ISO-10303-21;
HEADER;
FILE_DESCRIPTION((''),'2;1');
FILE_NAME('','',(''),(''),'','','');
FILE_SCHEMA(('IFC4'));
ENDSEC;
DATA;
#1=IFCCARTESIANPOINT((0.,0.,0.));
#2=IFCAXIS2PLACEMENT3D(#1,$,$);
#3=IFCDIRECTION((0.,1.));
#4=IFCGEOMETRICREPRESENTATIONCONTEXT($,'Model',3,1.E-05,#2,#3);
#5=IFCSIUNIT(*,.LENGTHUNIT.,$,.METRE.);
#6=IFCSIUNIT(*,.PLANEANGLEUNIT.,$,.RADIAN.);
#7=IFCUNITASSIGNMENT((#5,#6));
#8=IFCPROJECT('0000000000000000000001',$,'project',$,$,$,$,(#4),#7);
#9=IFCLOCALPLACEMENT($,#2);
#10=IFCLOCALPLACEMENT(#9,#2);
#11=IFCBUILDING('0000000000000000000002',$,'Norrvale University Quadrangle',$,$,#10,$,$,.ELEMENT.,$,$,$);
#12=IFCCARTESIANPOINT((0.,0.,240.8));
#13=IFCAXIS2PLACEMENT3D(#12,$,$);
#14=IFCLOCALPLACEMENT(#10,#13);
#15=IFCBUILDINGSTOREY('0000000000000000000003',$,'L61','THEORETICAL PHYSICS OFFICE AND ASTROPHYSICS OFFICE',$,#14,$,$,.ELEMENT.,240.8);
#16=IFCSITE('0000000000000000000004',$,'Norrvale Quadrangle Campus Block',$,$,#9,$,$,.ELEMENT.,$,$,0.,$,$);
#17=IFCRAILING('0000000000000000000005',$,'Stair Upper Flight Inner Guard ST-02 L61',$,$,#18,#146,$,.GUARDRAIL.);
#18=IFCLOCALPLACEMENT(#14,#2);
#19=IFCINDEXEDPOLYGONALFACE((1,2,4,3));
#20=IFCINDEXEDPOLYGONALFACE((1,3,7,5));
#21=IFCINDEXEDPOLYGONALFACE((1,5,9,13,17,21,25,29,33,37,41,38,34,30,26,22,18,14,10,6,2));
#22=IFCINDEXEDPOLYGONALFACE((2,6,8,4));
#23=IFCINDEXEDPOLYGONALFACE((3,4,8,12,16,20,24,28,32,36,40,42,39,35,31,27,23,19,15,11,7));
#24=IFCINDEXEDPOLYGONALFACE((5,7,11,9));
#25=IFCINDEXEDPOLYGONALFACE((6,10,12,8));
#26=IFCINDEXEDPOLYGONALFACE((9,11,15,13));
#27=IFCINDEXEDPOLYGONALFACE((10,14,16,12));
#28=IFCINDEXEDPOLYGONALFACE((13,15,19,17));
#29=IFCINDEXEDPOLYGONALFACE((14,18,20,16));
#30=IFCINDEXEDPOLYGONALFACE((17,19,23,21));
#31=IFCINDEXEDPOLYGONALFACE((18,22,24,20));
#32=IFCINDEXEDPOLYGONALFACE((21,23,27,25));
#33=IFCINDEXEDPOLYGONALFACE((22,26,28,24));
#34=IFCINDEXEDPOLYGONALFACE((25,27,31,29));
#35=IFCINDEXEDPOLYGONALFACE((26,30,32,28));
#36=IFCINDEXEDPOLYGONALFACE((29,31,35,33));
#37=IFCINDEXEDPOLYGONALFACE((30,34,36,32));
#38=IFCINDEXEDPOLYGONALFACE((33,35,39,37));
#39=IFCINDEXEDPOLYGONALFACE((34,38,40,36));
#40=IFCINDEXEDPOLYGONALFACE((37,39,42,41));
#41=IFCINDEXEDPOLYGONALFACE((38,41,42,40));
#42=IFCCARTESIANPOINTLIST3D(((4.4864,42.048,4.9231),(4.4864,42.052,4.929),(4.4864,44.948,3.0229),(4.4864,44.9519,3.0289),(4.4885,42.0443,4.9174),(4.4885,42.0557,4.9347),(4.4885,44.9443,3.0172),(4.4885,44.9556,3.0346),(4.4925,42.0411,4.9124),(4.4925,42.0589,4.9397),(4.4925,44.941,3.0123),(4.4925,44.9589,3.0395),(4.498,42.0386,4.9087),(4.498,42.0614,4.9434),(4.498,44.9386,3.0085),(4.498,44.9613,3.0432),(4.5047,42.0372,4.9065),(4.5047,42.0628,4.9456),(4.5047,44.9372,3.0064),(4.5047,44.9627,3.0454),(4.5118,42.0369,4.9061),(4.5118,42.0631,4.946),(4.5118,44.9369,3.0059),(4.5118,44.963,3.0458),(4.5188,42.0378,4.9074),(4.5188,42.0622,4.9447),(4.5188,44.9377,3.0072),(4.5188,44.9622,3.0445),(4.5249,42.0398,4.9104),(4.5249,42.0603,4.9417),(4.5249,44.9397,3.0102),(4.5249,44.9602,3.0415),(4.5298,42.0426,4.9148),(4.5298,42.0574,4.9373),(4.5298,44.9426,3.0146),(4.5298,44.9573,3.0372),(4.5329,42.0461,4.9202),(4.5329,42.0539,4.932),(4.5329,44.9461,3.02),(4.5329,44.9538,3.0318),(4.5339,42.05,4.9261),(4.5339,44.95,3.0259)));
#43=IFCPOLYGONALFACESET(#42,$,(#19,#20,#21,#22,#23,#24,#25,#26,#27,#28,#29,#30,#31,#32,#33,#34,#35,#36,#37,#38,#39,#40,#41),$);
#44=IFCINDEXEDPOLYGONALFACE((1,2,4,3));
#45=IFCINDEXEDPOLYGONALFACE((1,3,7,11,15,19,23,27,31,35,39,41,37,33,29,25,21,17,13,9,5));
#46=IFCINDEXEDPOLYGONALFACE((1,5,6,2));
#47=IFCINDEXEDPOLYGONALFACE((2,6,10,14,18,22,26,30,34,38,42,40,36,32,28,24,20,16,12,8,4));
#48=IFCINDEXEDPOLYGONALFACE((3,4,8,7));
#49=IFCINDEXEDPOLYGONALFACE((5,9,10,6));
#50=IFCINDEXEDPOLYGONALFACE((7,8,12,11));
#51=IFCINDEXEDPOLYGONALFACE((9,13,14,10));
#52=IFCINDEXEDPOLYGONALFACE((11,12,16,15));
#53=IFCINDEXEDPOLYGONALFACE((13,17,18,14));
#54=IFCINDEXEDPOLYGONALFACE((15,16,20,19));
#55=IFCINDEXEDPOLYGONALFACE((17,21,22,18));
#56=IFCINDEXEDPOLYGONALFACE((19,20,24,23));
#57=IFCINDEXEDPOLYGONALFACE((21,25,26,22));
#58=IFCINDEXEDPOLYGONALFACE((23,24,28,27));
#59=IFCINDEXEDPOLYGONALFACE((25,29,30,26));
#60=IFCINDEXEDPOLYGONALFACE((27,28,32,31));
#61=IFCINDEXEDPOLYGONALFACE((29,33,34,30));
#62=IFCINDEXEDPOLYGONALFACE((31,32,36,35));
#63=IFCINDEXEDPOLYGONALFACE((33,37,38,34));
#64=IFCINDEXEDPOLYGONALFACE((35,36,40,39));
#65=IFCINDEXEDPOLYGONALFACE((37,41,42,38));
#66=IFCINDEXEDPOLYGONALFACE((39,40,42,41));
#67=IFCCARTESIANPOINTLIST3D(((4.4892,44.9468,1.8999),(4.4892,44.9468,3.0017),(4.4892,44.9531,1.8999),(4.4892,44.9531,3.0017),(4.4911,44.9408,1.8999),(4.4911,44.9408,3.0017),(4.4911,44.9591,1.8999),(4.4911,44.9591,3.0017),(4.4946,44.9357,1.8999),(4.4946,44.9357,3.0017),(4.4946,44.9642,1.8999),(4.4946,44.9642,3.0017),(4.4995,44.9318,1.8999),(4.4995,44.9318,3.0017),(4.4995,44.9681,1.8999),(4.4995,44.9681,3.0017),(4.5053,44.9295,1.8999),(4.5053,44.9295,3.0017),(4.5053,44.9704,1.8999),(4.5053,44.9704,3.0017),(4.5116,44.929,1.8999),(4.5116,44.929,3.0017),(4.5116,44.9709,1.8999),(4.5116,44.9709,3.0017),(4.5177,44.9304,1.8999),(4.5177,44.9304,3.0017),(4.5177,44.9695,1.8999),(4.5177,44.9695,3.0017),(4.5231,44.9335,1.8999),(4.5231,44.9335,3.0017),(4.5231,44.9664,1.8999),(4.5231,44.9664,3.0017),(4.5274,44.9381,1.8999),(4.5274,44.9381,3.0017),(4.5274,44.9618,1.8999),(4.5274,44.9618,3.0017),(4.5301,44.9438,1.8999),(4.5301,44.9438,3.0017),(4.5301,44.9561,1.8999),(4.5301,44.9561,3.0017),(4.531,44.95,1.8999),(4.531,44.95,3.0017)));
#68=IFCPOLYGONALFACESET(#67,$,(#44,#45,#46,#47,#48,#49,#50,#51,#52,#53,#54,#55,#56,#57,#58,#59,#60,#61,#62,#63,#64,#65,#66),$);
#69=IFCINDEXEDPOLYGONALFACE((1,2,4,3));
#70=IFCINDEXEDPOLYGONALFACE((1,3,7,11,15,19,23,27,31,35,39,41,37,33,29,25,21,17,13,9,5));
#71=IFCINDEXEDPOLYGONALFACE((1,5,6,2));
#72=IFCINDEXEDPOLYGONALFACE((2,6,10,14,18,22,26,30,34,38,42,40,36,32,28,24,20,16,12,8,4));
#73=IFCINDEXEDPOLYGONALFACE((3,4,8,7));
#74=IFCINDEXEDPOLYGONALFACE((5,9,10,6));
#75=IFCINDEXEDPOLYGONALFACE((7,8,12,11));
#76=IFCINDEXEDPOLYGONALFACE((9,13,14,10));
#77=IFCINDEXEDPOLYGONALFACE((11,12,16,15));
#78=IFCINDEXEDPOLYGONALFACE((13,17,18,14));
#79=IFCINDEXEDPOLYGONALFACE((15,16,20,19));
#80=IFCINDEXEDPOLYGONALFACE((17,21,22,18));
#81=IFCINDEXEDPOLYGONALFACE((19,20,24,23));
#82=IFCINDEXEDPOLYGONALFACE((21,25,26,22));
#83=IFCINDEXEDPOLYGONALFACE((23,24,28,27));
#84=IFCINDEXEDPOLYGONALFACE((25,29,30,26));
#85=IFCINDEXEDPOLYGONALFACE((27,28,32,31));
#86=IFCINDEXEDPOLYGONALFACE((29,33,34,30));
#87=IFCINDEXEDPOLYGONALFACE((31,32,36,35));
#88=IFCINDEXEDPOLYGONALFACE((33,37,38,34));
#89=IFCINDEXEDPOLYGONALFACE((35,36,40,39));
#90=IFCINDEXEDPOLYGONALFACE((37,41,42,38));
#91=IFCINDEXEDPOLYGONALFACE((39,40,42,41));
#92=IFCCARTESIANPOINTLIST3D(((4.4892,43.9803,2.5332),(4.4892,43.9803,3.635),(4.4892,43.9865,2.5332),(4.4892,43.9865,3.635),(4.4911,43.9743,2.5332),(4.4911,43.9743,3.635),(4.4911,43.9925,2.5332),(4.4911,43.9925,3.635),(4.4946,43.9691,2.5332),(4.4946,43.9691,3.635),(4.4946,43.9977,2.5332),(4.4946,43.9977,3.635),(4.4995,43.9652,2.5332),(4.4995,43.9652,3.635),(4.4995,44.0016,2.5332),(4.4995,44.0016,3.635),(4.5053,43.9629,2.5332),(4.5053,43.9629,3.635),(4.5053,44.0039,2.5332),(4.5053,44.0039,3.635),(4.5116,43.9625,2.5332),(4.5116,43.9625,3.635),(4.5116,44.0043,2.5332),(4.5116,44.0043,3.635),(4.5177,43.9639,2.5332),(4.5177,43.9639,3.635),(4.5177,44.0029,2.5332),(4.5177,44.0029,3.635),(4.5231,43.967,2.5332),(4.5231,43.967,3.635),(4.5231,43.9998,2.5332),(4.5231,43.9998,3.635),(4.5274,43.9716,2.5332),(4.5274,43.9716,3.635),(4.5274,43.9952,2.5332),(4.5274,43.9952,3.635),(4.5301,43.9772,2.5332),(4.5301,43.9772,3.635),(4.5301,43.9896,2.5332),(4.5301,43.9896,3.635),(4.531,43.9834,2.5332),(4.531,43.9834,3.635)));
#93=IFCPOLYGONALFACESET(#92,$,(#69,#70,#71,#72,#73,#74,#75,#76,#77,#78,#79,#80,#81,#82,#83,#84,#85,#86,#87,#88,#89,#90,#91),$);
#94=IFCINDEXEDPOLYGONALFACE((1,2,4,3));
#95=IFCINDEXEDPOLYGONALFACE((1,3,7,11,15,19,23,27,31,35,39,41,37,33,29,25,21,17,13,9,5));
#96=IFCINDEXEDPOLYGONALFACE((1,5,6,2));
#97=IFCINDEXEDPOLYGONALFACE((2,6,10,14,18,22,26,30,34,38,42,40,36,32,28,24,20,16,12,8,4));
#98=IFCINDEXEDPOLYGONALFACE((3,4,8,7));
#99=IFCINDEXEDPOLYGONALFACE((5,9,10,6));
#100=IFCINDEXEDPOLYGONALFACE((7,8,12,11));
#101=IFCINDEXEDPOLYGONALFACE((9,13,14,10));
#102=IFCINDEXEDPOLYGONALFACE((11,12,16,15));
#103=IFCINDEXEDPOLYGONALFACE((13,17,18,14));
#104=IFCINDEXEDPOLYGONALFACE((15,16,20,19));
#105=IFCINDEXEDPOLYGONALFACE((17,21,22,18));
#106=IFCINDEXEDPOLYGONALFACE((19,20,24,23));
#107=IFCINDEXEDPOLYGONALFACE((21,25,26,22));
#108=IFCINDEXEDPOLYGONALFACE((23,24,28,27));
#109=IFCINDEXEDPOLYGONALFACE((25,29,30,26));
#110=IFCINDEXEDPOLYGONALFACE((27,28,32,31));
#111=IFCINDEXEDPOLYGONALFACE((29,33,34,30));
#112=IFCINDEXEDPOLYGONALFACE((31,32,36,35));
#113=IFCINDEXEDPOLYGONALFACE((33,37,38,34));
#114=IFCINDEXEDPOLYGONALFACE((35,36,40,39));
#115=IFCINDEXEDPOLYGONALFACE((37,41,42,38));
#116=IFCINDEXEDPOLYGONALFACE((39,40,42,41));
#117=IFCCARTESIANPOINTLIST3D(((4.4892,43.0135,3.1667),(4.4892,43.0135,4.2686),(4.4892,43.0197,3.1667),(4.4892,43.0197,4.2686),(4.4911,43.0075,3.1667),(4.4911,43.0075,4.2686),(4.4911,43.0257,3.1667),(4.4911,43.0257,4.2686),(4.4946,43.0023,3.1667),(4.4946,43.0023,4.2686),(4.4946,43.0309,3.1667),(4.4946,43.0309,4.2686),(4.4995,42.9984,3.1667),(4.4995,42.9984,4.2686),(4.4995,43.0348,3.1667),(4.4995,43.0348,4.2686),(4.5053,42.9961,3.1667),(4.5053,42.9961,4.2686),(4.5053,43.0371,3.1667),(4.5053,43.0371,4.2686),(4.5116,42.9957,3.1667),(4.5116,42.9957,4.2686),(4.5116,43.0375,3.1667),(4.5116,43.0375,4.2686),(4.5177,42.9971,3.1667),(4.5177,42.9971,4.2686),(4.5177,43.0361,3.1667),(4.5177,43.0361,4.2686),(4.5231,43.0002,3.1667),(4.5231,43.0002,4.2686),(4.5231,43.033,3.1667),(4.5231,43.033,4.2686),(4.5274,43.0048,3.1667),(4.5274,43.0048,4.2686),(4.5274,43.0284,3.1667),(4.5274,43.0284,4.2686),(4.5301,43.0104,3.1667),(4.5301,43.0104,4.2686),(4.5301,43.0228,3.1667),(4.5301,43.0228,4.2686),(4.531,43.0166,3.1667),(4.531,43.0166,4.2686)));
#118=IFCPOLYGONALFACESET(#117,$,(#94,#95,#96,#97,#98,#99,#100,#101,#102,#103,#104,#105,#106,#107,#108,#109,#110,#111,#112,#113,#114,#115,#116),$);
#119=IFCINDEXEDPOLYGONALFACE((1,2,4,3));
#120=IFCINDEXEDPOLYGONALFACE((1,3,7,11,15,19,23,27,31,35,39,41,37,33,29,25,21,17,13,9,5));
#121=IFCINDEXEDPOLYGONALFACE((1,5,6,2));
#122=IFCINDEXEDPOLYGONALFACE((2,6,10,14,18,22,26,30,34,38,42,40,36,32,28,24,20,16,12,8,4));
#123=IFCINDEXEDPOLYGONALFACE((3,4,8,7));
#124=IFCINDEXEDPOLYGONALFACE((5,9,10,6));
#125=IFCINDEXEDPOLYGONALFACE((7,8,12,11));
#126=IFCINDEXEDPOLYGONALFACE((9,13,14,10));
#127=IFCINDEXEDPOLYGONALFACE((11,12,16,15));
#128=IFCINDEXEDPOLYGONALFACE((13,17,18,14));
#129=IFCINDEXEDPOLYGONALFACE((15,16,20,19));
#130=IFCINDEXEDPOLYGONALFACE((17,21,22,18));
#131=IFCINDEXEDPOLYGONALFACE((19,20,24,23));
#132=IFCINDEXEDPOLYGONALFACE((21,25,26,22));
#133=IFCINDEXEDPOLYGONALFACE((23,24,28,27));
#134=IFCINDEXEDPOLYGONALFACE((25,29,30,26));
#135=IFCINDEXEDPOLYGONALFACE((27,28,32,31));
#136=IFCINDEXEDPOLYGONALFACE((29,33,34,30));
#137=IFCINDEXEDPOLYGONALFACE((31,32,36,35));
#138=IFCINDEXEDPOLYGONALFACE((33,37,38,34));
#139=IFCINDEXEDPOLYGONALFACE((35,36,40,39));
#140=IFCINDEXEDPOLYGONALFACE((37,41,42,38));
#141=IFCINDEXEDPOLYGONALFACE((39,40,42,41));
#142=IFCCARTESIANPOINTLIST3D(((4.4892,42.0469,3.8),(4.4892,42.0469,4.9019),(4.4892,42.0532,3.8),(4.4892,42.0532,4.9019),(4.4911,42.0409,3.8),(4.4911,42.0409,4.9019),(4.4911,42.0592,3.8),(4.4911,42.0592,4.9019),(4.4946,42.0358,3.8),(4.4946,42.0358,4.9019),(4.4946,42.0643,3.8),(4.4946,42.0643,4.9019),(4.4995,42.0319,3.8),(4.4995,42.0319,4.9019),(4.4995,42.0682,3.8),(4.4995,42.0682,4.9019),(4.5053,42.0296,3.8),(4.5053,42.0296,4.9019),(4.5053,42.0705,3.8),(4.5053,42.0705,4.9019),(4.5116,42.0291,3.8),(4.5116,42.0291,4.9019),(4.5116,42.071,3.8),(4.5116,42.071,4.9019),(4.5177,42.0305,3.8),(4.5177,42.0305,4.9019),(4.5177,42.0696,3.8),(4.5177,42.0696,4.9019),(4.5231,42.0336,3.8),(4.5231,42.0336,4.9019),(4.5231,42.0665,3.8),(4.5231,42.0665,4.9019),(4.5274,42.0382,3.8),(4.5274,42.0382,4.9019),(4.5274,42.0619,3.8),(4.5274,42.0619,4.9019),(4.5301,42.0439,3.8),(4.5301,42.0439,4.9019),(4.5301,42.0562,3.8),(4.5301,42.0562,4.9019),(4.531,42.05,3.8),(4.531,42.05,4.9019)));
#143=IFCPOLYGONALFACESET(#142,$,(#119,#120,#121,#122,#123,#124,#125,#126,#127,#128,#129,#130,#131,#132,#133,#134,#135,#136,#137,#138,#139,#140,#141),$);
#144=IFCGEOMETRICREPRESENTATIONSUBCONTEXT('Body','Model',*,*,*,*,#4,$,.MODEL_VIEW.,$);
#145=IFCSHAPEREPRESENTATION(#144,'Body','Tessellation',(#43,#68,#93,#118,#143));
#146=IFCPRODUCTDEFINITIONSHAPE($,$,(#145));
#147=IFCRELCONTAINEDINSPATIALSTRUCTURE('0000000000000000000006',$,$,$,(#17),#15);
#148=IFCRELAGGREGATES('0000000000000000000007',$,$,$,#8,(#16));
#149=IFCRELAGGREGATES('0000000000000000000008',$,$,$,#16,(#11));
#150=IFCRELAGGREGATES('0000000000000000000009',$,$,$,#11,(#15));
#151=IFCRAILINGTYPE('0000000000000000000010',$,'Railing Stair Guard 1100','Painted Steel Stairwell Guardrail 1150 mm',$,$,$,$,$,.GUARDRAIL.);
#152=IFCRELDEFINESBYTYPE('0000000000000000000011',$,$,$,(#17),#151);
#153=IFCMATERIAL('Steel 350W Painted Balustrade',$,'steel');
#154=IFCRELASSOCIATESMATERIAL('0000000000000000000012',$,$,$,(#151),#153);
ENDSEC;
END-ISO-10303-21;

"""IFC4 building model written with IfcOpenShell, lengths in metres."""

from ifc_helpers import new_model, si_unit, direction, frame, origin, origin_2d, place, context, subcontext, project, spatial, circle, extrude, material, type_object, element, save


model = new_model("IFC4")

# Units and contexts
model_context = context("Model", 3, precision=1e-05, world=origin(), true_north=direction((0.0, 1.0)))
body_context = subcontext(model_context, "Body", "Model", "MODEL_VIEW")
ifc_project = project(units=[si_unit("LENGTHUNIT", "METRE"), si_unit("PLANEANGLEUNIT", "RADIAN")], contexts=[model_context])

# Site, building, storey
site_placement = place(None, origin())
site = spatial("IfcSite", under=ifc_project, at=site_placement, Name="Norrvale Quadrangle Campus Block", CompositionType="ELEMENT", RefElevation=0.0)
building_placement = place(site_placement, origin())
building = spatial("IfcBuilding", under=site, at=building_placement, Name="Norrvale University Quadrangle", CompositionType="ELEMENT")
storey_placement = place(building_placement, frame((0.0, 0.0, 240.8)))
storey = spatial("IfcBuildingStorey", under=building, at=storey_placement, Name="L61", Description="THEORETICAL PHYSICS OFFICE AND ASTROPHYSICS OFFICE", CompositionType="ELEMENT", Elevation=240.8)

# Railing
ifc_material_1 = material(Name="Steel 350W Painted Balustrade", Category="steel")
railing_type_1 = type_object("IfcRailingType", Name="Railing Stair Guard 1100", Description="Painted Steel Stairwell Guardrail 1150 mm", PredefinedType="GUARDRAIL", material=ifc_material_1)
railing_1_placement = place(storey_placement, frame((4.51, 44.95, 1.8999)))
element("IfcRailing", 1, at=railing_1_placement, inside=storey, type_object=railing_type_1, Name="Stair Upper Flight Inner Guard ST-02 L61", PredefinedType="GUARDRAIL", context=body_context, shape_type="SweptSolid", body=[
    extrude(circle(Radius=0.0239, at=origin_2d()), frame((0.0, 0.0, 1.126), z_axis=(0.0, -0.836433, 0.548069), x_axis=(1.0, 0.0, 0.0)), (0.0, 0.0, 1.0), 3.467),
    extrude(circle(Radius=0.021, at=origin_2d()), origin(), (0.0, 0.0, 1.0), 1.1018),
    extrude(circle(Radius=0.021, at=origin_2d()), frame((0.0, -0.9666, 0.6333)), (0.0, 0.0, 1.0), 1.1018),
    extrude(circle(Radius=0.021, at=origin_2d()), frame((0.0, -1.9333, 1.2668)), (0.0, 0.0, 1.0), 1.1018),
    extrude(circle(Radius=0.021, at=origin_2d()), frame((0.0, -2.8999, 1.9001)), (0.0, 0.0, 1.0), 1.1018),
])

save(model, "model.ifc")
